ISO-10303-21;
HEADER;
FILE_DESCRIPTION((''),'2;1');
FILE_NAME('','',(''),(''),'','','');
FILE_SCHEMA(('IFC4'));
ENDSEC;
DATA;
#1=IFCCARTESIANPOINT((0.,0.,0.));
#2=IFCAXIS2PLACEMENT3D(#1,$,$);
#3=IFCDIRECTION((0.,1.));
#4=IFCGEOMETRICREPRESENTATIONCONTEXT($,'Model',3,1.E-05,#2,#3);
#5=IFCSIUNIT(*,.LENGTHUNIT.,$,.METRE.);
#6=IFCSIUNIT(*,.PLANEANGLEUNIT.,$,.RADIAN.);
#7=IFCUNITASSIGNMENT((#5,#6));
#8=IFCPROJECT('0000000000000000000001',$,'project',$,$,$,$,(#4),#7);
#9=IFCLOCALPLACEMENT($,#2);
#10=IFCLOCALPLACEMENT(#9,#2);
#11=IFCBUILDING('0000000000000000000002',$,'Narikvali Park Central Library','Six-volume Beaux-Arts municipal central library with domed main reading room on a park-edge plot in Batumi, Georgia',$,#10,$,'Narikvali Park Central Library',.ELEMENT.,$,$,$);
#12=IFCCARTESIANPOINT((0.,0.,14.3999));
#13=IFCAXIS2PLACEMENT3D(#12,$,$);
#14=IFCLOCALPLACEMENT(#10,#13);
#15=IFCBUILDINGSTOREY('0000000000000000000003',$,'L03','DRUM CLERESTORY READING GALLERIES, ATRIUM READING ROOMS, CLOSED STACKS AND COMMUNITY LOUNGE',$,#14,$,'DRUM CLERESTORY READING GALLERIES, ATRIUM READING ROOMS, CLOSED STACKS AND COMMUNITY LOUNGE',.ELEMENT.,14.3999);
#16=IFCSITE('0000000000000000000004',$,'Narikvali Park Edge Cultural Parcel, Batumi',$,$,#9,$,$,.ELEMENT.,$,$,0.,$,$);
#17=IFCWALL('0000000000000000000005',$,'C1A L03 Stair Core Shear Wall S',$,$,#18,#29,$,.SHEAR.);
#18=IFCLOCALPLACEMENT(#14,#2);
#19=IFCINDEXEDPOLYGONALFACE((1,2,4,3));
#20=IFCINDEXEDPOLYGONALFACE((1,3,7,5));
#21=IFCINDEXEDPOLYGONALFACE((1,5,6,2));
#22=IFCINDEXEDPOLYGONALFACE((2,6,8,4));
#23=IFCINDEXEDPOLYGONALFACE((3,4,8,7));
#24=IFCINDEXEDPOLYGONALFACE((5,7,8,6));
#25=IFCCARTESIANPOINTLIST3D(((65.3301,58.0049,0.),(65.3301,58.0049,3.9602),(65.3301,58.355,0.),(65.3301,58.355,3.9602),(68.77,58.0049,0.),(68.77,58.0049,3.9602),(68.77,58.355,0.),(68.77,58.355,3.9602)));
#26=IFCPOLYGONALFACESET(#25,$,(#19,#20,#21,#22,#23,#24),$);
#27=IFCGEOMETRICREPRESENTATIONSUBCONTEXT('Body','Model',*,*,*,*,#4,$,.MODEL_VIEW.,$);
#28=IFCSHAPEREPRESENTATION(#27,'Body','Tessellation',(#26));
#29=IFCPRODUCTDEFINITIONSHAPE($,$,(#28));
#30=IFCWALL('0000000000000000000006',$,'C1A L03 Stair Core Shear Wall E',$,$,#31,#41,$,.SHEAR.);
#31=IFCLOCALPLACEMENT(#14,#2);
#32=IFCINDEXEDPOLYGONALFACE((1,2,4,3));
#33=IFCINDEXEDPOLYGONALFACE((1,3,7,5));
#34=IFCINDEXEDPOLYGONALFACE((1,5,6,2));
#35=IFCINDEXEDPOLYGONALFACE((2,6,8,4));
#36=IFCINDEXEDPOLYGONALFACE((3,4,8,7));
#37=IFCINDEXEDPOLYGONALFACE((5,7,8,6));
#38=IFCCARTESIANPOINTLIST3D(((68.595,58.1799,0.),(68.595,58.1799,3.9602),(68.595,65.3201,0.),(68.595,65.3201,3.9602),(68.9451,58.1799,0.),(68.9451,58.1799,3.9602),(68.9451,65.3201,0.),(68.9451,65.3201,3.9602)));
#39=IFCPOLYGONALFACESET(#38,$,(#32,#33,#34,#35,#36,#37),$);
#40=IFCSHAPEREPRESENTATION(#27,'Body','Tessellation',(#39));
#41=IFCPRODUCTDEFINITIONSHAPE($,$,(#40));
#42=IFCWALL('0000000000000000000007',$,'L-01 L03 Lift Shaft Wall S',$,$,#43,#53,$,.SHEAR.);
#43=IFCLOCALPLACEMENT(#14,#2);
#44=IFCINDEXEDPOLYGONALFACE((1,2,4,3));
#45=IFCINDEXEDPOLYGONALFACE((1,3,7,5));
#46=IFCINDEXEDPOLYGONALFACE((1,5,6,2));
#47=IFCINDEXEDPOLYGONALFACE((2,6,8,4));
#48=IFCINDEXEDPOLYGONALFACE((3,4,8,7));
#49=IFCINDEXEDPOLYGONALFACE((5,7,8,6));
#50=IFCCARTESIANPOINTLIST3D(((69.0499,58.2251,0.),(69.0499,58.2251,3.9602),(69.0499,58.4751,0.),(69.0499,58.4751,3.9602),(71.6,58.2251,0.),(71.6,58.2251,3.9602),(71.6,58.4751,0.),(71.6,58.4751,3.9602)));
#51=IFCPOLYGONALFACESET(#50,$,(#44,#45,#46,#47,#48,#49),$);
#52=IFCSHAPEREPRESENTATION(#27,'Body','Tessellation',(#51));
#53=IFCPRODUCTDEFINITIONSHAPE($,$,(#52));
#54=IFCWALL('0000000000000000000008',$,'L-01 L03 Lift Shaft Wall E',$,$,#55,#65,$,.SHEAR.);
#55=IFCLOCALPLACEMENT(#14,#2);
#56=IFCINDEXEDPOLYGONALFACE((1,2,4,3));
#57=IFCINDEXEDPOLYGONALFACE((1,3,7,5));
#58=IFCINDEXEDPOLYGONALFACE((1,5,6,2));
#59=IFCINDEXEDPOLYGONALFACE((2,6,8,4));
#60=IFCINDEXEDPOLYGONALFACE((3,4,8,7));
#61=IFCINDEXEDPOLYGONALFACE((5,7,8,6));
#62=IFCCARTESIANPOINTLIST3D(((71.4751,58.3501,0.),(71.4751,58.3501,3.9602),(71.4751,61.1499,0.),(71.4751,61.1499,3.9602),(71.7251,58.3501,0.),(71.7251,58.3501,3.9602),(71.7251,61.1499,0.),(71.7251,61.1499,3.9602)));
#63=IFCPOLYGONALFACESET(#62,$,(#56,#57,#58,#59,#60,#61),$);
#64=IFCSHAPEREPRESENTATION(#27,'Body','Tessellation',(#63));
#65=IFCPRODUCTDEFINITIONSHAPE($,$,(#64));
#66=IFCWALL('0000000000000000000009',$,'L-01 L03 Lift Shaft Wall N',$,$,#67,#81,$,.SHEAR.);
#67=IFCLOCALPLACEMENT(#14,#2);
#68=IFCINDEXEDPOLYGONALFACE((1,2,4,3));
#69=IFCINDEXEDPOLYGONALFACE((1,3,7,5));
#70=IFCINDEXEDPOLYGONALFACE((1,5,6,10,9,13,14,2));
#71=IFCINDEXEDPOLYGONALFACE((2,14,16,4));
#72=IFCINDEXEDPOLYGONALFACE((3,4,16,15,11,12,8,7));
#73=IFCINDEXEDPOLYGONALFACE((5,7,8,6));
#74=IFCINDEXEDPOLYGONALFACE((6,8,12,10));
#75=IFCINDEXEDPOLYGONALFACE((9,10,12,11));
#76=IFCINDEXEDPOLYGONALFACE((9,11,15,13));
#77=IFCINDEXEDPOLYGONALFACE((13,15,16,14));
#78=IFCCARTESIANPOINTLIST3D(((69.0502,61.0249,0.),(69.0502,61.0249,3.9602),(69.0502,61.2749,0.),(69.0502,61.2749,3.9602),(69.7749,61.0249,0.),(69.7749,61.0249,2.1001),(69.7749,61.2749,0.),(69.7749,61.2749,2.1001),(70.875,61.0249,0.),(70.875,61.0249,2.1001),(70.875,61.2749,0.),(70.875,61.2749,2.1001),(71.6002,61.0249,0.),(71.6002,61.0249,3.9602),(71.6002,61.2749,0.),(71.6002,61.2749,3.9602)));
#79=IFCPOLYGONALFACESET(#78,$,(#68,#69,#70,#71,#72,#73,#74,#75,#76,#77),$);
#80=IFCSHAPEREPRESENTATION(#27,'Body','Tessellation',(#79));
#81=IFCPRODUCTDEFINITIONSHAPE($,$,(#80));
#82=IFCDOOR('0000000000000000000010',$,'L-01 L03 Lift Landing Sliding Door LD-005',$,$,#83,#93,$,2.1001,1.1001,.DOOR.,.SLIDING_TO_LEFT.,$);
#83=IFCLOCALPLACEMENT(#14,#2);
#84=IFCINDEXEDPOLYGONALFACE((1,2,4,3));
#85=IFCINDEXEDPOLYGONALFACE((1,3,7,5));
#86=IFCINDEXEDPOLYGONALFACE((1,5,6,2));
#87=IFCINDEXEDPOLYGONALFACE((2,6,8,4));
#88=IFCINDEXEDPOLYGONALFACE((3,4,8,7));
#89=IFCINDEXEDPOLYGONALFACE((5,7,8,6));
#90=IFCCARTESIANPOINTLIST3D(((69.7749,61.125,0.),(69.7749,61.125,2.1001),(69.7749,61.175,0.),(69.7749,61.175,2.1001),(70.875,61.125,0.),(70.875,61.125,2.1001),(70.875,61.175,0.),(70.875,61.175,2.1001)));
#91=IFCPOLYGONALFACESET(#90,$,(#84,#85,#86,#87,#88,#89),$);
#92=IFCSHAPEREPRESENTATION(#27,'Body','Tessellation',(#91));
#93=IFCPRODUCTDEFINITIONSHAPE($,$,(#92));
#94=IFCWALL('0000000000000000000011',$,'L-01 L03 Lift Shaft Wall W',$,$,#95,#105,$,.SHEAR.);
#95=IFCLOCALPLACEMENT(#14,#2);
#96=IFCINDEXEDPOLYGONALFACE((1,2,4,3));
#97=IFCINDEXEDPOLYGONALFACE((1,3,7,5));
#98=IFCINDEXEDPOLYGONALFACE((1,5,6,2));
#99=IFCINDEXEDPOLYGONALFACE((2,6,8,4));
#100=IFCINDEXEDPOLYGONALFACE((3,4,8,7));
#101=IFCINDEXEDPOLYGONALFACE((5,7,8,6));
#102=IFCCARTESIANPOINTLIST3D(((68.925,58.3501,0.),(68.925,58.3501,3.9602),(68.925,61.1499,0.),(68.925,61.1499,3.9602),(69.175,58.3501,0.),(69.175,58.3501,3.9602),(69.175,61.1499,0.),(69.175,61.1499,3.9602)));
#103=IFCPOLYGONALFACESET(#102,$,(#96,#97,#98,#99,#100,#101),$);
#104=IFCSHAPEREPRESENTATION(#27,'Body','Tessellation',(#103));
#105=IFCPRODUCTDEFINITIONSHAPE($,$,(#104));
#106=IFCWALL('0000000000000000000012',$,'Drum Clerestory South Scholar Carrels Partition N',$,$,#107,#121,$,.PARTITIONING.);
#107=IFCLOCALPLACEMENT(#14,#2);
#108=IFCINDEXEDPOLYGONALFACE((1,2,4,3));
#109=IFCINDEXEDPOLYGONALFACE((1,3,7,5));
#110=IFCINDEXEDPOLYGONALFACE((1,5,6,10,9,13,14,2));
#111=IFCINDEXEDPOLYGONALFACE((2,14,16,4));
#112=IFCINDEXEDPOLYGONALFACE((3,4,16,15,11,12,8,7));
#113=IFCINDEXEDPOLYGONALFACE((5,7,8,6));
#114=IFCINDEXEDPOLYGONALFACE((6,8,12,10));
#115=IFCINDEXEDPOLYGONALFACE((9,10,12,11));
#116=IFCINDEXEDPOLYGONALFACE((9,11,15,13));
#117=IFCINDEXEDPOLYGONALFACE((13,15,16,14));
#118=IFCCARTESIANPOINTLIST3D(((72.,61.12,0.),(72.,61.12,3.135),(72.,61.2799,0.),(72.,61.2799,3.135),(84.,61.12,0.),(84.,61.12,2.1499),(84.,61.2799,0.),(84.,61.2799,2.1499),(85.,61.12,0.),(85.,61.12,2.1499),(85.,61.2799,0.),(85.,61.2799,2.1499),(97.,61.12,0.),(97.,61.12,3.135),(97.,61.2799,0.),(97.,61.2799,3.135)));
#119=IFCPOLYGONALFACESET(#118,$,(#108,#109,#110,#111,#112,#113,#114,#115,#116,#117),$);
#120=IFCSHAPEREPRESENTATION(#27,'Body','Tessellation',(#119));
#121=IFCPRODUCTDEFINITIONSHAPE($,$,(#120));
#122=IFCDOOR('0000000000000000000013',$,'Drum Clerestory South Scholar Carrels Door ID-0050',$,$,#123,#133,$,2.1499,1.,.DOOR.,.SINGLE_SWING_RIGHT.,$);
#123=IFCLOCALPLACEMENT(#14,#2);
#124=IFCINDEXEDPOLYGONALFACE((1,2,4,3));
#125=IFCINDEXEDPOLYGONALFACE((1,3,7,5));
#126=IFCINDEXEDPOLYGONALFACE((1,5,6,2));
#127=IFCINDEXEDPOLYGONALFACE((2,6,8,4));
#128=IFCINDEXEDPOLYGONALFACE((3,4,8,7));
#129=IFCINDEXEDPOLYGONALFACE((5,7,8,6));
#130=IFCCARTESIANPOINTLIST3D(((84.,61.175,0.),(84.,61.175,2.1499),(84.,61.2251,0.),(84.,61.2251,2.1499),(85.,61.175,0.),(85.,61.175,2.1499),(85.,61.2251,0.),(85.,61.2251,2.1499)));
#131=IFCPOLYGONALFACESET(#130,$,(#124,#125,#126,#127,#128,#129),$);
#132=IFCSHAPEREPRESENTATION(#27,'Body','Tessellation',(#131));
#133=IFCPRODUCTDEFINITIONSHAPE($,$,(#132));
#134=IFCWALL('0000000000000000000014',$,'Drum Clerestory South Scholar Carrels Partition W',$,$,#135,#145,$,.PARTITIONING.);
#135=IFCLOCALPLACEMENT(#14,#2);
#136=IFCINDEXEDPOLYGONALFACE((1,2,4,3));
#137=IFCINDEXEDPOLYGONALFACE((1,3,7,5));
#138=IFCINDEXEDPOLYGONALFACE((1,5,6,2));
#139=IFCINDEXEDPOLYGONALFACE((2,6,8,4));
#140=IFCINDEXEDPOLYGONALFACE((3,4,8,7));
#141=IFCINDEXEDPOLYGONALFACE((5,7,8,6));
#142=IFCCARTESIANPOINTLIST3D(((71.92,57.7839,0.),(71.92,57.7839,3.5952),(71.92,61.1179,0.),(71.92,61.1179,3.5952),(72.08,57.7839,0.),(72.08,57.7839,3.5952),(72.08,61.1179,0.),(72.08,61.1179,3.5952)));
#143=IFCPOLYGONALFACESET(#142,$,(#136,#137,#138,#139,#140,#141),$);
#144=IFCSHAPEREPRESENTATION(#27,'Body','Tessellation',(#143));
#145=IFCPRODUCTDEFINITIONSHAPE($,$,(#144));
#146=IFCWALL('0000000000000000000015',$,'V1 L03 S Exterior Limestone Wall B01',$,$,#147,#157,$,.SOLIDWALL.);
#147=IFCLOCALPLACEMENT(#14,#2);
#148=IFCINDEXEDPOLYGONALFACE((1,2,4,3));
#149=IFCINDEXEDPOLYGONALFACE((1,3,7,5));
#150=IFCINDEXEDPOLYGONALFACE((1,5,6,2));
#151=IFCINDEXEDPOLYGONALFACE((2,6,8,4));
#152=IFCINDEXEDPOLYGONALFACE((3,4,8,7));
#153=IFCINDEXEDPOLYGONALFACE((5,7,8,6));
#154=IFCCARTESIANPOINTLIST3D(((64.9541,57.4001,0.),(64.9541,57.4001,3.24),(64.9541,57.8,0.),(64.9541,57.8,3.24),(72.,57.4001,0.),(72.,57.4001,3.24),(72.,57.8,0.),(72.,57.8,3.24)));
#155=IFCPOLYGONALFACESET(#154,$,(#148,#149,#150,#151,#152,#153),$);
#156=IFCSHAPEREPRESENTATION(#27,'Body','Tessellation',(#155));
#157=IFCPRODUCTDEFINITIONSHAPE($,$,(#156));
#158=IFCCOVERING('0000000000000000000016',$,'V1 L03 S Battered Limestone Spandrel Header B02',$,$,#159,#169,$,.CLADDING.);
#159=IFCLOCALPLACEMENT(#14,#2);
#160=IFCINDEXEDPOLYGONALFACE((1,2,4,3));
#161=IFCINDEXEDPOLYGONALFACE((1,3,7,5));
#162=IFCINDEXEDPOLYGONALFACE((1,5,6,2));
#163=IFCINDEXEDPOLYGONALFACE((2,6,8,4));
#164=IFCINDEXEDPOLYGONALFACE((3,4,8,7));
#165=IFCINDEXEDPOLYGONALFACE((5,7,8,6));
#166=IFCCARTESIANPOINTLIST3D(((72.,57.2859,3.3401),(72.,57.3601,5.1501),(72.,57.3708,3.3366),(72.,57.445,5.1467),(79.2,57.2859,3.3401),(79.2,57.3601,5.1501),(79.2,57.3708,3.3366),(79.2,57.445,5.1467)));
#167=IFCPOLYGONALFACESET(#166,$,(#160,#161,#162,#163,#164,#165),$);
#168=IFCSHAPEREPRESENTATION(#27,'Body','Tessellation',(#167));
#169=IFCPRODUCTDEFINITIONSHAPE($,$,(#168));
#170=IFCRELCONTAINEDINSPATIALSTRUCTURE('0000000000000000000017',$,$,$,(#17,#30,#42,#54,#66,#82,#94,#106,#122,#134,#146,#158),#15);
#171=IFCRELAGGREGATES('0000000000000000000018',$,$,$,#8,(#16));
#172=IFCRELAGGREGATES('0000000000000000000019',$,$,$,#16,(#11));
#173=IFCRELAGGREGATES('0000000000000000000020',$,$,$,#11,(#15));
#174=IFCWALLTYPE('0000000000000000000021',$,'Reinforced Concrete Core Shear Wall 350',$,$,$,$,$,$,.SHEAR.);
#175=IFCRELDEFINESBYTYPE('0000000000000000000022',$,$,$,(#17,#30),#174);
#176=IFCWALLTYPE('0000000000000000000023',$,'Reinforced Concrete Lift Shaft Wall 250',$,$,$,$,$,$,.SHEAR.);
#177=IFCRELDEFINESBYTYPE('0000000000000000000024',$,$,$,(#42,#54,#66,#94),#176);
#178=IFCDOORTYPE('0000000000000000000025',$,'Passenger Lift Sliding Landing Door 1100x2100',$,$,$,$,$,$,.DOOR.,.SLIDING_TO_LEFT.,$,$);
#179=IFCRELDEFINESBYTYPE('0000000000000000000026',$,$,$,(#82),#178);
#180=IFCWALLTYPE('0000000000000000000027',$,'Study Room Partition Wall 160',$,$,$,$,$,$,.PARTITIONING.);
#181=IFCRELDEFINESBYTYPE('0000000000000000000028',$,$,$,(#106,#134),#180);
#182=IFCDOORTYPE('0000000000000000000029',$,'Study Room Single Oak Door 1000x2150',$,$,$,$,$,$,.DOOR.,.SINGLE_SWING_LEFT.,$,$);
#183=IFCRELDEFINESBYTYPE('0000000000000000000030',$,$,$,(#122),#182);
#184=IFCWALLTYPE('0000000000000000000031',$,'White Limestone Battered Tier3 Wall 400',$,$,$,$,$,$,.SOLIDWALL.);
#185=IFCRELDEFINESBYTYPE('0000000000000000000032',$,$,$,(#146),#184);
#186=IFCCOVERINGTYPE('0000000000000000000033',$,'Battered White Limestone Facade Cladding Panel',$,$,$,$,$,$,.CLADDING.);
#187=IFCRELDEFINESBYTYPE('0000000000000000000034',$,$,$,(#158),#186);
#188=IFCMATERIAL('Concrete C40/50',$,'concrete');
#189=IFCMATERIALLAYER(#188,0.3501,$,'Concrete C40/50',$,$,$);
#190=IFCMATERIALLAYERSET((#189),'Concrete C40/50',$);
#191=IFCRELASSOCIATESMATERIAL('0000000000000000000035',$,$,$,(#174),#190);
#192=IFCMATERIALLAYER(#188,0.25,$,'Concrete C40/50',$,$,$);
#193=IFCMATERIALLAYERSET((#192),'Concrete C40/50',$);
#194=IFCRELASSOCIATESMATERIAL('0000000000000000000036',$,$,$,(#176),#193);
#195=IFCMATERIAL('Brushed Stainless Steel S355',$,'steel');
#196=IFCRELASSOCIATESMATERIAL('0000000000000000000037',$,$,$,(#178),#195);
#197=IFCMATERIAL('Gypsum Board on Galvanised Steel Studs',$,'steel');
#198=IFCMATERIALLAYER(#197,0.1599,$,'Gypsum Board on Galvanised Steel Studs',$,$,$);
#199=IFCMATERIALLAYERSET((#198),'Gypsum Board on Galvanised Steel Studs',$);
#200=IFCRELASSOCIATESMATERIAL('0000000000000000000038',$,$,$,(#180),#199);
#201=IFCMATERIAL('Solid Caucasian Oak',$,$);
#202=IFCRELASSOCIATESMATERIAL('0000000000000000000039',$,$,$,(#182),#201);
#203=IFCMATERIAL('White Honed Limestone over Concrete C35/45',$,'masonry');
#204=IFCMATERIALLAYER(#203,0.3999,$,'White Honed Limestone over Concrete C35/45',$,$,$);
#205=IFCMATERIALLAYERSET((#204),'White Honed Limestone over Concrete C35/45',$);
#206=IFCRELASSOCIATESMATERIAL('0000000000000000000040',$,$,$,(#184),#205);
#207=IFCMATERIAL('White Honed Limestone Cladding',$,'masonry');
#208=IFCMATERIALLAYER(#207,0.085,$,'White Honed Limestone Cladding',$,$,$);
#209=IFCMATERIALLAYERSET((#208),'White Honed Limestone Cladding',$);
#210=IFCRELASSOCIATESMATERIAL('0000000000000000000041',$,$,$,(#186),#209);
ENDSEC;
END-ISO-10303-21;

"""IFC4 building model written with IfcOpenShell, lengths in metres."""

from ifc_helpers import new_model, si_unit, direction, frame, frame_2d, origin, place, context, subcontext, project, spatial, polyline, rectangle, outline, extrude, material, layer, layer_set, type_object, element, fill, save


model = new_model("IFC4")

# Units and contexts
model_context = context("Model", 3, precision=1e-05, world=origin(), true_north=direction((0.0, 1.0)))
body_context = subcontext(model_context, "Body", "Model", "MODEL_VIEW")
ifc_project = project(units=[si_unit("LENGTHUNIT", "METRE"), si_unit("PLANEANGLEUNIT", "RADIAN")], contexts=[model_context])

# Site, building, storey
site_placement = place(None, origin())
site = spatial("IfcSite", under=ifc_project, at=site_placement, Name="Narikvali Park Edge Cultural Parcel, Batumi", CompositionType="ELEMENT", RefElevation=0.0)
building_placement = place(site_placement, origin())
building = spatial("IfcBuilding", under=site, at=building_placement, Name="Narikvali Park Central Library", Description="Six-volume Beaux-Arts municipal central library with domed main reading room on a park-edge plot in Batumi, Georgia", LongName="Narikvali Park Central Library", CompositionType="ELEMENT")
storey_placement = place(building_placement, frame((0.0, 0.0, 14.3999)))
storey = spatial("IfcBuildingStorey", under=building, at=storey_placement, Name="L03", Description="DRUM CLERESTORY READING GALLERIES, ATRIUM READING ROOMS, CLOSED STACKS AND COMMUNITY LOUNGE", LongName="DRUM CLERESTORY READING GALLERIES, ATRIUM READING ROOMS, CLOSED STACKS AND COMMUNITY LOUNGE", CompositionType="ELEMENT", Elevation=14.3999)

# Walls
ifc_material_1 = material(Name="Concrete C40/50", Category="concrete")
ifc_layer_1 = layer(ifc_material_1, 0.3501, Name="Concrete C40/50")
ifc_layer_set_1 = layer_set([ifc_layer_1], Name="Concrete C40/50")
wall_type_1 = type_object("IfcWallType", Name="Reinforced Concrete Core Shear Wall 350", PredefinedType="SHEAR", material=ifc_layer_set_1)
wall_1_placement = place(storey_placement, frame((65.3301, 58.1799, 0.0), z_axis=(0.0, 0.0, 1.0), x_axis=(1.0, 0.0, 0.0)))
element("IfcWall", 1, at=wall_1_placement, inside=storey, type_object=wall_type_1, Name="C1A L03 Stair Core Shear Wall S", PredefinedType="SHEAR", context=body_context, shape_type="SweptSolid", body=[
    extrude(rectangle(XDim=3.4399, YDim=0.3501, at=frame_2d((1.72, 0.0))), origin(), (0.0, 0.0, 1.0), 3.9602),
])
wall_2_placement = place(storey_placement, frame((68.77, 58.1799, 0.0), z_axis=(0.0, 0.0, 1.0), x_axis=(0.0, 1.0, 0.0)))
element("IfcWall", 2, at=wall_2_placement, inside=storey, type_object=wall_type_1, Name="C1A L03 Stair Core Shear Wall E", PredefinedType="SHEAR", context=body_context, shape_type="SweptSolid", body=[
    extrude(rectangle(XDim=7.1401, YDim=0.3501, at=frame_2d((3.5701, 0.0))), origin(), (0.0, 0.0, 1.0), 3.9602),
])
ifc_layer_2 = layer(ifc_material_1, 0.25, Name="Concrete C40/50")
ifc_layer_set_2 = layer_set([ifc_layer_2], Name="Concrete C40/50")
wall_type_2 = type_object("IfcWallType", Name="Reinforced Concrete Lift Shaft Wall 250", PredefinedType="SHEAR", material=ifc_layer_set_2)
wall_3_placement = place(storey_placement, frame((69.05, 58.3501, 0.0), z_axis=(0.0, 0.0, 1.0), x_axis=(1.0, 0.0, 0.0)))
element("IfcWall", 3, at=wall_3_placement, inside=storey, type_object=wall_type_2, Name="L-01 L03 Lift Shaft Wall S", PredefinedType="SHEAR", context=body_context, shape_type="SweptSolid", body=[
    extrude(rectangle(XDim=2.55, YDim=0.25, at=frame_2d((1.2749, 0.0))), origin(), (0.0, 0.0, 1.0), 3.9602),
])
wall_4_placement = place(storey_placement, frame((71.6001, 58.3501, 0.0), z_axis=(0.0, 0.0, 1.0), x_axis=(0.0, 1.0, 0.0)))
element("IfcWall", 4, at=wall_4_placement, inside=storey, type_object=wall_type_2, Name="L-01 L03 Lift Shaft Wall E", PredefinedType="SHEAR", context=body_context, shape_type="SweptSolid", body=[
    extrude(rectangle(XDim=2.7998, YDim=0.25, at=frame_2d((1.3999, 0.0))), origin(), (0.0, 0.0, 1.0), 3.9602),
])

# Wall, opening, door
wall_5_placement = place(storey_placement, frame((71.6001, 61.1499, 0.0), z_axis=(0.0, 0.0, 1.0), x_axis=(-1.0, 0.0, 0.0)))
wall_5 = element("IfcWall", 5, at=wall_5_placement, inside=storey, type_object=wall_type_2, Name="L-01 L03 Lift Shaft Wall N", PredefinedType="SHEAR", context=body_context, shape_type="SweptSolid", body=[
    extrude(rectangle(XDim=2.55, YDim=0.25, at=frame_2d((1.2749, 0.0))), origin(), (0.0, 0.0, 1.0), 3.9602),
])
opening_1_placement = place(wall_5_placement, frame((0.7251, 0.0, 0.0)))
opening_1 = element("IfcOpeningElement", 6, at=opening_1_placement, cuts=wall_5, PredefinedType="OPENING", context=body_context, shape_type="SweptSolid", body=[
    extrude(rectangle(XDim=1.1001, YDim=2.1001, at=frame_2d((0.55, 1.05))), frame((0.0, 0.137, 0.0), z_axis=(0.0, -1.0, 0.0), x_axis=(1.0, 0.0, 0.0)), (0.0, 0.0, 1.0), 0.2739),
])
ifc_material_2 = material(Name="Brushed Stainless Steel S355", Category="steel")
door_type_1 = type_object("IfcDoorType", Name="Passenger Lift Sliding Landing Door 1100x2100", OperationType="SLIDING_TO_LEFT", PredefinedType="DOOR", material=ifc_material_2)
door_1_placement = place(opening_1_placement, origin())
door_1 = element("IfcDoor", 7, at=door_1_placement, inside=storey, type_object=door_type_1, Name="L-01 L03 Lift Landing Sliding Door LD-005", OperationType="SLIDING_TO_LEFT", OverallHeight=2.1001, OverallWidth=1.1001, PredefinedType="DOOR", context=body_context, shape_type="SweptSolid", body=[
    extrude(rectangle(XDim=1.1001, YDim=2.1001, at=frame_2d((0.55, 1.05))), frame((0.0, 0.0249, 0.0), z_axis=(0.0, -1.0, 0.0), x_axis=(1.0, 0.0, 0.0)), (0.0, 0.0, 1.0), 0.05),
])
fill(opening_1, door_1)

# Wall
wall_6_placement = place(storey_placement, frame((69.05, 61.1499, 0.0), z_axis=(0.0, 0.0, 1.0), x_axis=(0.0, -1.0, 0.0)))
element("IfcWall", 8, at=wall_6_placement, inside=storey, type_object=wall_type_2, Name="L-01 L03 Lift Shaft Wall W", PredefinedType="SHEAR", context=body_context, shape_type="SweptSolid", body=[
    extrude(rectangle(XDim=2.7998, YDim=0.25, at=frame_2d((1.3999, 0.0))), origin(), (0.0, 0.0, 1.0), 3.9602),
])

# Wall, opening, door
ifc_material_3 = material(Name="Gypsum Board on Galvanised Steel Studs", Category="steel")
ifc_layer_3 = layer(ifc_material_3, 0.1599, Name="Gypsum Board on Galvanised Steel Studs")
ifc_layer_set_3 = layer_set([ifc_layer_3], Name="Gypsum Board on Galvanised Steel Studs")
wall_type_3 = type_object("IfcWallType", Name="Study Room Partition Wall 160", PredefinedType="PARTITIONING", material=ifc_layer_set_3)
wall_7_placement = place(storey_placement, frame((72.0, 61.2, 0.0), z_axis=(0.0, 0.0, 1.0), x_axis=(1.0, 0.0, 0.0)))
wall_7 = element("IfcWall", 9, at=wall_7_placement, inside=storey, type_object=wall_type_3, Name="Drum Clerestory South Scholar Carrels Partition N", PredefinedType="PARTITIONING", context=body_context, shape_type="SweptSolid", body=[
    extrude(rectangle(XDim=25.0, YDim=0.1599, at=frame_2d((12.5, 0.0))), origin(), (0.0, 0.0, 1.0), 3.135),
])
opening_2_placement = place(wall_7_placement, frame((12.0, 0.0, 0.0)))
opening_2 = element("IfcOpeningElement", 10, at=opening_2_placement, cuts=wall_7, PredefinedType="OPENING", context=body_context, shape_type="SweptSolid", body=[
    extrude(rectangle(XDim=1.0, YDim=2.1499, at=frame_2d((0.5, 1.075))), frame((0.0, 0.0918, 0.0), z_axis=(0.0, -1.0, 0.0), x_axis=(1.0, 0.0, 0.0)), (0.0, 0.0, 1.0), 0.1838),
])
ifc_material_4 = material(Name="Solid Caucasian Oak")
door_type_2 = type_object("IfcDoorType", Name="Study Room Single Oak Door 1000x2150", OperationType="SINGLE_SWING_LEFT", PredefinedType="DOOR", material=ifc_material_4)
door_2_placement = place(opening_2_placement, frame((1.0, 0.0, 0.0), z_axis=(0.0, 0.0, 1.0), x_axis=(-1.0, 0.0, 0.0)))
door_2 = element("IfcDoor", 11, at=door_2_placement, inside=storey, type_object=door_type_2, Name="Drum Clerestory South Scholar Carrels Door ID-0050", OperationType="SINGLE_SWING_RIGHT", OverallHeight=2.1499, OverallWidth=1.0, PredefinedType="DOOR", context=body_context, shape_type="SweptSolid", body=[
    extrude(rectangle(XDim=1.0, YDim=2.1499, at=frame_2d((0.5, 1.075))), frame((0.0, 0.0249, 0.0), z_axis=(0.0, -1.0, 0.0), x_axis=(1.0, 0.0, 0.0)), (0.0, 0.0, 1.0), 0.05),
])
fill(opening_2, door_2)

# Walls
wall_8_placement = place(storey_placement, frame((72.0, 57.7839, 0.0), z_axis=(0.0, 0.0, 1.0), x_axis=(0.0, 1.0, 0.0)))
element("IfcWall", 12, at=wall_8_placement, inside=storey, type_object=wall_type_3, Name="Drum Clerestory South Scholar Carrels Partition W", PredefinedType="PARTITIONING", context=body_context, shape_type="SweptSolid", body=[
    extrude(rectangle(XDim=3.334, YDim=0.1599, at=frame_2d((1.667, 0.0))), origin(), (0.0, 0.0, 1.0), 3.5952),
])
ifc_material_5 = material(Name="White Honed Limestone over Concrete C35/45", Category="masonry")
ifc_layer_4 = layer(ifc_material_5, 0.3999, Name="White Honed Limestone over Concrete C35/45")
ifc_layer_set_4 = layer_set([ifc_layer_4], Name="White Honed Limestone over Concrete C35/45")
wall_type_4 = type_object("IfcWallType", Name="White Limestone Battered Tier3 Wall 400", PredefinedType="SOLIDWALL", material=ifc_layer_set_4)
wall_9_placement = place(storey_placement, frame((64.9541, 57.6001, 0.0), z_axis=(0.0, 0.0, 1.0), x_axis=(1.0, 0.0, 0.0)))
element("IfcWall", 13, at=wall_9_placement, inside=storey, type_object=wall_type_4, Name="V1 L03 S Exterior Limestone Wall B01", PredefinedType="SOLIDWALL", context=body_context, shape_type="SweptSolid", body=[
    extrude(rectangle(XDim=7.0459, YDim=0.3999, at=frame_2d((3.5229, 0.0))), origin(), (0.0, 0.0, 1.0), 3.24),
])

# Covering
ifc_material_6 = material(Name="White Honed Limestone Cladding", Category="masonry")
ifc_layer_5 = layer(ifc_material_6, 0.085, Name="White Honed Limestone Cladding")
ifc_layer_set_5 = layer_set([ifc_layer_5], Name="White Honed Limestone Cladding")
covering_type = type_object("IfcCoveringType", Name="Battered White Limestone Facade Cladding Panel", PredefinedType="CLADDING", material=ifc_layer_set_5)
covering_placement = place(storey_placement, frame((72.0, 57.2859, 3.3401), z_axis=(0.0, -0.99916, 0.040969), x_axis=(1.0, 0.0, 0.0)))
element("IfcCovering", 14, at=covering_placement, inside=storey, type_object=covering_type, Name="V1 L03 S Battered Limestone Spandrel Header B02", PredefinedType="CLADDING", context=body_context, shape_type="SweptSolid", body=[
    extrude(outline(polyline([(0.0, 0.0), (7.2, 0.0), (7.2, 1.8116), (0.0, 1.8116), (0.0, 0.0)])), origin(), (0.0, 0.0, -1.0), 0.085),
])

save(model, "model.ifc")
